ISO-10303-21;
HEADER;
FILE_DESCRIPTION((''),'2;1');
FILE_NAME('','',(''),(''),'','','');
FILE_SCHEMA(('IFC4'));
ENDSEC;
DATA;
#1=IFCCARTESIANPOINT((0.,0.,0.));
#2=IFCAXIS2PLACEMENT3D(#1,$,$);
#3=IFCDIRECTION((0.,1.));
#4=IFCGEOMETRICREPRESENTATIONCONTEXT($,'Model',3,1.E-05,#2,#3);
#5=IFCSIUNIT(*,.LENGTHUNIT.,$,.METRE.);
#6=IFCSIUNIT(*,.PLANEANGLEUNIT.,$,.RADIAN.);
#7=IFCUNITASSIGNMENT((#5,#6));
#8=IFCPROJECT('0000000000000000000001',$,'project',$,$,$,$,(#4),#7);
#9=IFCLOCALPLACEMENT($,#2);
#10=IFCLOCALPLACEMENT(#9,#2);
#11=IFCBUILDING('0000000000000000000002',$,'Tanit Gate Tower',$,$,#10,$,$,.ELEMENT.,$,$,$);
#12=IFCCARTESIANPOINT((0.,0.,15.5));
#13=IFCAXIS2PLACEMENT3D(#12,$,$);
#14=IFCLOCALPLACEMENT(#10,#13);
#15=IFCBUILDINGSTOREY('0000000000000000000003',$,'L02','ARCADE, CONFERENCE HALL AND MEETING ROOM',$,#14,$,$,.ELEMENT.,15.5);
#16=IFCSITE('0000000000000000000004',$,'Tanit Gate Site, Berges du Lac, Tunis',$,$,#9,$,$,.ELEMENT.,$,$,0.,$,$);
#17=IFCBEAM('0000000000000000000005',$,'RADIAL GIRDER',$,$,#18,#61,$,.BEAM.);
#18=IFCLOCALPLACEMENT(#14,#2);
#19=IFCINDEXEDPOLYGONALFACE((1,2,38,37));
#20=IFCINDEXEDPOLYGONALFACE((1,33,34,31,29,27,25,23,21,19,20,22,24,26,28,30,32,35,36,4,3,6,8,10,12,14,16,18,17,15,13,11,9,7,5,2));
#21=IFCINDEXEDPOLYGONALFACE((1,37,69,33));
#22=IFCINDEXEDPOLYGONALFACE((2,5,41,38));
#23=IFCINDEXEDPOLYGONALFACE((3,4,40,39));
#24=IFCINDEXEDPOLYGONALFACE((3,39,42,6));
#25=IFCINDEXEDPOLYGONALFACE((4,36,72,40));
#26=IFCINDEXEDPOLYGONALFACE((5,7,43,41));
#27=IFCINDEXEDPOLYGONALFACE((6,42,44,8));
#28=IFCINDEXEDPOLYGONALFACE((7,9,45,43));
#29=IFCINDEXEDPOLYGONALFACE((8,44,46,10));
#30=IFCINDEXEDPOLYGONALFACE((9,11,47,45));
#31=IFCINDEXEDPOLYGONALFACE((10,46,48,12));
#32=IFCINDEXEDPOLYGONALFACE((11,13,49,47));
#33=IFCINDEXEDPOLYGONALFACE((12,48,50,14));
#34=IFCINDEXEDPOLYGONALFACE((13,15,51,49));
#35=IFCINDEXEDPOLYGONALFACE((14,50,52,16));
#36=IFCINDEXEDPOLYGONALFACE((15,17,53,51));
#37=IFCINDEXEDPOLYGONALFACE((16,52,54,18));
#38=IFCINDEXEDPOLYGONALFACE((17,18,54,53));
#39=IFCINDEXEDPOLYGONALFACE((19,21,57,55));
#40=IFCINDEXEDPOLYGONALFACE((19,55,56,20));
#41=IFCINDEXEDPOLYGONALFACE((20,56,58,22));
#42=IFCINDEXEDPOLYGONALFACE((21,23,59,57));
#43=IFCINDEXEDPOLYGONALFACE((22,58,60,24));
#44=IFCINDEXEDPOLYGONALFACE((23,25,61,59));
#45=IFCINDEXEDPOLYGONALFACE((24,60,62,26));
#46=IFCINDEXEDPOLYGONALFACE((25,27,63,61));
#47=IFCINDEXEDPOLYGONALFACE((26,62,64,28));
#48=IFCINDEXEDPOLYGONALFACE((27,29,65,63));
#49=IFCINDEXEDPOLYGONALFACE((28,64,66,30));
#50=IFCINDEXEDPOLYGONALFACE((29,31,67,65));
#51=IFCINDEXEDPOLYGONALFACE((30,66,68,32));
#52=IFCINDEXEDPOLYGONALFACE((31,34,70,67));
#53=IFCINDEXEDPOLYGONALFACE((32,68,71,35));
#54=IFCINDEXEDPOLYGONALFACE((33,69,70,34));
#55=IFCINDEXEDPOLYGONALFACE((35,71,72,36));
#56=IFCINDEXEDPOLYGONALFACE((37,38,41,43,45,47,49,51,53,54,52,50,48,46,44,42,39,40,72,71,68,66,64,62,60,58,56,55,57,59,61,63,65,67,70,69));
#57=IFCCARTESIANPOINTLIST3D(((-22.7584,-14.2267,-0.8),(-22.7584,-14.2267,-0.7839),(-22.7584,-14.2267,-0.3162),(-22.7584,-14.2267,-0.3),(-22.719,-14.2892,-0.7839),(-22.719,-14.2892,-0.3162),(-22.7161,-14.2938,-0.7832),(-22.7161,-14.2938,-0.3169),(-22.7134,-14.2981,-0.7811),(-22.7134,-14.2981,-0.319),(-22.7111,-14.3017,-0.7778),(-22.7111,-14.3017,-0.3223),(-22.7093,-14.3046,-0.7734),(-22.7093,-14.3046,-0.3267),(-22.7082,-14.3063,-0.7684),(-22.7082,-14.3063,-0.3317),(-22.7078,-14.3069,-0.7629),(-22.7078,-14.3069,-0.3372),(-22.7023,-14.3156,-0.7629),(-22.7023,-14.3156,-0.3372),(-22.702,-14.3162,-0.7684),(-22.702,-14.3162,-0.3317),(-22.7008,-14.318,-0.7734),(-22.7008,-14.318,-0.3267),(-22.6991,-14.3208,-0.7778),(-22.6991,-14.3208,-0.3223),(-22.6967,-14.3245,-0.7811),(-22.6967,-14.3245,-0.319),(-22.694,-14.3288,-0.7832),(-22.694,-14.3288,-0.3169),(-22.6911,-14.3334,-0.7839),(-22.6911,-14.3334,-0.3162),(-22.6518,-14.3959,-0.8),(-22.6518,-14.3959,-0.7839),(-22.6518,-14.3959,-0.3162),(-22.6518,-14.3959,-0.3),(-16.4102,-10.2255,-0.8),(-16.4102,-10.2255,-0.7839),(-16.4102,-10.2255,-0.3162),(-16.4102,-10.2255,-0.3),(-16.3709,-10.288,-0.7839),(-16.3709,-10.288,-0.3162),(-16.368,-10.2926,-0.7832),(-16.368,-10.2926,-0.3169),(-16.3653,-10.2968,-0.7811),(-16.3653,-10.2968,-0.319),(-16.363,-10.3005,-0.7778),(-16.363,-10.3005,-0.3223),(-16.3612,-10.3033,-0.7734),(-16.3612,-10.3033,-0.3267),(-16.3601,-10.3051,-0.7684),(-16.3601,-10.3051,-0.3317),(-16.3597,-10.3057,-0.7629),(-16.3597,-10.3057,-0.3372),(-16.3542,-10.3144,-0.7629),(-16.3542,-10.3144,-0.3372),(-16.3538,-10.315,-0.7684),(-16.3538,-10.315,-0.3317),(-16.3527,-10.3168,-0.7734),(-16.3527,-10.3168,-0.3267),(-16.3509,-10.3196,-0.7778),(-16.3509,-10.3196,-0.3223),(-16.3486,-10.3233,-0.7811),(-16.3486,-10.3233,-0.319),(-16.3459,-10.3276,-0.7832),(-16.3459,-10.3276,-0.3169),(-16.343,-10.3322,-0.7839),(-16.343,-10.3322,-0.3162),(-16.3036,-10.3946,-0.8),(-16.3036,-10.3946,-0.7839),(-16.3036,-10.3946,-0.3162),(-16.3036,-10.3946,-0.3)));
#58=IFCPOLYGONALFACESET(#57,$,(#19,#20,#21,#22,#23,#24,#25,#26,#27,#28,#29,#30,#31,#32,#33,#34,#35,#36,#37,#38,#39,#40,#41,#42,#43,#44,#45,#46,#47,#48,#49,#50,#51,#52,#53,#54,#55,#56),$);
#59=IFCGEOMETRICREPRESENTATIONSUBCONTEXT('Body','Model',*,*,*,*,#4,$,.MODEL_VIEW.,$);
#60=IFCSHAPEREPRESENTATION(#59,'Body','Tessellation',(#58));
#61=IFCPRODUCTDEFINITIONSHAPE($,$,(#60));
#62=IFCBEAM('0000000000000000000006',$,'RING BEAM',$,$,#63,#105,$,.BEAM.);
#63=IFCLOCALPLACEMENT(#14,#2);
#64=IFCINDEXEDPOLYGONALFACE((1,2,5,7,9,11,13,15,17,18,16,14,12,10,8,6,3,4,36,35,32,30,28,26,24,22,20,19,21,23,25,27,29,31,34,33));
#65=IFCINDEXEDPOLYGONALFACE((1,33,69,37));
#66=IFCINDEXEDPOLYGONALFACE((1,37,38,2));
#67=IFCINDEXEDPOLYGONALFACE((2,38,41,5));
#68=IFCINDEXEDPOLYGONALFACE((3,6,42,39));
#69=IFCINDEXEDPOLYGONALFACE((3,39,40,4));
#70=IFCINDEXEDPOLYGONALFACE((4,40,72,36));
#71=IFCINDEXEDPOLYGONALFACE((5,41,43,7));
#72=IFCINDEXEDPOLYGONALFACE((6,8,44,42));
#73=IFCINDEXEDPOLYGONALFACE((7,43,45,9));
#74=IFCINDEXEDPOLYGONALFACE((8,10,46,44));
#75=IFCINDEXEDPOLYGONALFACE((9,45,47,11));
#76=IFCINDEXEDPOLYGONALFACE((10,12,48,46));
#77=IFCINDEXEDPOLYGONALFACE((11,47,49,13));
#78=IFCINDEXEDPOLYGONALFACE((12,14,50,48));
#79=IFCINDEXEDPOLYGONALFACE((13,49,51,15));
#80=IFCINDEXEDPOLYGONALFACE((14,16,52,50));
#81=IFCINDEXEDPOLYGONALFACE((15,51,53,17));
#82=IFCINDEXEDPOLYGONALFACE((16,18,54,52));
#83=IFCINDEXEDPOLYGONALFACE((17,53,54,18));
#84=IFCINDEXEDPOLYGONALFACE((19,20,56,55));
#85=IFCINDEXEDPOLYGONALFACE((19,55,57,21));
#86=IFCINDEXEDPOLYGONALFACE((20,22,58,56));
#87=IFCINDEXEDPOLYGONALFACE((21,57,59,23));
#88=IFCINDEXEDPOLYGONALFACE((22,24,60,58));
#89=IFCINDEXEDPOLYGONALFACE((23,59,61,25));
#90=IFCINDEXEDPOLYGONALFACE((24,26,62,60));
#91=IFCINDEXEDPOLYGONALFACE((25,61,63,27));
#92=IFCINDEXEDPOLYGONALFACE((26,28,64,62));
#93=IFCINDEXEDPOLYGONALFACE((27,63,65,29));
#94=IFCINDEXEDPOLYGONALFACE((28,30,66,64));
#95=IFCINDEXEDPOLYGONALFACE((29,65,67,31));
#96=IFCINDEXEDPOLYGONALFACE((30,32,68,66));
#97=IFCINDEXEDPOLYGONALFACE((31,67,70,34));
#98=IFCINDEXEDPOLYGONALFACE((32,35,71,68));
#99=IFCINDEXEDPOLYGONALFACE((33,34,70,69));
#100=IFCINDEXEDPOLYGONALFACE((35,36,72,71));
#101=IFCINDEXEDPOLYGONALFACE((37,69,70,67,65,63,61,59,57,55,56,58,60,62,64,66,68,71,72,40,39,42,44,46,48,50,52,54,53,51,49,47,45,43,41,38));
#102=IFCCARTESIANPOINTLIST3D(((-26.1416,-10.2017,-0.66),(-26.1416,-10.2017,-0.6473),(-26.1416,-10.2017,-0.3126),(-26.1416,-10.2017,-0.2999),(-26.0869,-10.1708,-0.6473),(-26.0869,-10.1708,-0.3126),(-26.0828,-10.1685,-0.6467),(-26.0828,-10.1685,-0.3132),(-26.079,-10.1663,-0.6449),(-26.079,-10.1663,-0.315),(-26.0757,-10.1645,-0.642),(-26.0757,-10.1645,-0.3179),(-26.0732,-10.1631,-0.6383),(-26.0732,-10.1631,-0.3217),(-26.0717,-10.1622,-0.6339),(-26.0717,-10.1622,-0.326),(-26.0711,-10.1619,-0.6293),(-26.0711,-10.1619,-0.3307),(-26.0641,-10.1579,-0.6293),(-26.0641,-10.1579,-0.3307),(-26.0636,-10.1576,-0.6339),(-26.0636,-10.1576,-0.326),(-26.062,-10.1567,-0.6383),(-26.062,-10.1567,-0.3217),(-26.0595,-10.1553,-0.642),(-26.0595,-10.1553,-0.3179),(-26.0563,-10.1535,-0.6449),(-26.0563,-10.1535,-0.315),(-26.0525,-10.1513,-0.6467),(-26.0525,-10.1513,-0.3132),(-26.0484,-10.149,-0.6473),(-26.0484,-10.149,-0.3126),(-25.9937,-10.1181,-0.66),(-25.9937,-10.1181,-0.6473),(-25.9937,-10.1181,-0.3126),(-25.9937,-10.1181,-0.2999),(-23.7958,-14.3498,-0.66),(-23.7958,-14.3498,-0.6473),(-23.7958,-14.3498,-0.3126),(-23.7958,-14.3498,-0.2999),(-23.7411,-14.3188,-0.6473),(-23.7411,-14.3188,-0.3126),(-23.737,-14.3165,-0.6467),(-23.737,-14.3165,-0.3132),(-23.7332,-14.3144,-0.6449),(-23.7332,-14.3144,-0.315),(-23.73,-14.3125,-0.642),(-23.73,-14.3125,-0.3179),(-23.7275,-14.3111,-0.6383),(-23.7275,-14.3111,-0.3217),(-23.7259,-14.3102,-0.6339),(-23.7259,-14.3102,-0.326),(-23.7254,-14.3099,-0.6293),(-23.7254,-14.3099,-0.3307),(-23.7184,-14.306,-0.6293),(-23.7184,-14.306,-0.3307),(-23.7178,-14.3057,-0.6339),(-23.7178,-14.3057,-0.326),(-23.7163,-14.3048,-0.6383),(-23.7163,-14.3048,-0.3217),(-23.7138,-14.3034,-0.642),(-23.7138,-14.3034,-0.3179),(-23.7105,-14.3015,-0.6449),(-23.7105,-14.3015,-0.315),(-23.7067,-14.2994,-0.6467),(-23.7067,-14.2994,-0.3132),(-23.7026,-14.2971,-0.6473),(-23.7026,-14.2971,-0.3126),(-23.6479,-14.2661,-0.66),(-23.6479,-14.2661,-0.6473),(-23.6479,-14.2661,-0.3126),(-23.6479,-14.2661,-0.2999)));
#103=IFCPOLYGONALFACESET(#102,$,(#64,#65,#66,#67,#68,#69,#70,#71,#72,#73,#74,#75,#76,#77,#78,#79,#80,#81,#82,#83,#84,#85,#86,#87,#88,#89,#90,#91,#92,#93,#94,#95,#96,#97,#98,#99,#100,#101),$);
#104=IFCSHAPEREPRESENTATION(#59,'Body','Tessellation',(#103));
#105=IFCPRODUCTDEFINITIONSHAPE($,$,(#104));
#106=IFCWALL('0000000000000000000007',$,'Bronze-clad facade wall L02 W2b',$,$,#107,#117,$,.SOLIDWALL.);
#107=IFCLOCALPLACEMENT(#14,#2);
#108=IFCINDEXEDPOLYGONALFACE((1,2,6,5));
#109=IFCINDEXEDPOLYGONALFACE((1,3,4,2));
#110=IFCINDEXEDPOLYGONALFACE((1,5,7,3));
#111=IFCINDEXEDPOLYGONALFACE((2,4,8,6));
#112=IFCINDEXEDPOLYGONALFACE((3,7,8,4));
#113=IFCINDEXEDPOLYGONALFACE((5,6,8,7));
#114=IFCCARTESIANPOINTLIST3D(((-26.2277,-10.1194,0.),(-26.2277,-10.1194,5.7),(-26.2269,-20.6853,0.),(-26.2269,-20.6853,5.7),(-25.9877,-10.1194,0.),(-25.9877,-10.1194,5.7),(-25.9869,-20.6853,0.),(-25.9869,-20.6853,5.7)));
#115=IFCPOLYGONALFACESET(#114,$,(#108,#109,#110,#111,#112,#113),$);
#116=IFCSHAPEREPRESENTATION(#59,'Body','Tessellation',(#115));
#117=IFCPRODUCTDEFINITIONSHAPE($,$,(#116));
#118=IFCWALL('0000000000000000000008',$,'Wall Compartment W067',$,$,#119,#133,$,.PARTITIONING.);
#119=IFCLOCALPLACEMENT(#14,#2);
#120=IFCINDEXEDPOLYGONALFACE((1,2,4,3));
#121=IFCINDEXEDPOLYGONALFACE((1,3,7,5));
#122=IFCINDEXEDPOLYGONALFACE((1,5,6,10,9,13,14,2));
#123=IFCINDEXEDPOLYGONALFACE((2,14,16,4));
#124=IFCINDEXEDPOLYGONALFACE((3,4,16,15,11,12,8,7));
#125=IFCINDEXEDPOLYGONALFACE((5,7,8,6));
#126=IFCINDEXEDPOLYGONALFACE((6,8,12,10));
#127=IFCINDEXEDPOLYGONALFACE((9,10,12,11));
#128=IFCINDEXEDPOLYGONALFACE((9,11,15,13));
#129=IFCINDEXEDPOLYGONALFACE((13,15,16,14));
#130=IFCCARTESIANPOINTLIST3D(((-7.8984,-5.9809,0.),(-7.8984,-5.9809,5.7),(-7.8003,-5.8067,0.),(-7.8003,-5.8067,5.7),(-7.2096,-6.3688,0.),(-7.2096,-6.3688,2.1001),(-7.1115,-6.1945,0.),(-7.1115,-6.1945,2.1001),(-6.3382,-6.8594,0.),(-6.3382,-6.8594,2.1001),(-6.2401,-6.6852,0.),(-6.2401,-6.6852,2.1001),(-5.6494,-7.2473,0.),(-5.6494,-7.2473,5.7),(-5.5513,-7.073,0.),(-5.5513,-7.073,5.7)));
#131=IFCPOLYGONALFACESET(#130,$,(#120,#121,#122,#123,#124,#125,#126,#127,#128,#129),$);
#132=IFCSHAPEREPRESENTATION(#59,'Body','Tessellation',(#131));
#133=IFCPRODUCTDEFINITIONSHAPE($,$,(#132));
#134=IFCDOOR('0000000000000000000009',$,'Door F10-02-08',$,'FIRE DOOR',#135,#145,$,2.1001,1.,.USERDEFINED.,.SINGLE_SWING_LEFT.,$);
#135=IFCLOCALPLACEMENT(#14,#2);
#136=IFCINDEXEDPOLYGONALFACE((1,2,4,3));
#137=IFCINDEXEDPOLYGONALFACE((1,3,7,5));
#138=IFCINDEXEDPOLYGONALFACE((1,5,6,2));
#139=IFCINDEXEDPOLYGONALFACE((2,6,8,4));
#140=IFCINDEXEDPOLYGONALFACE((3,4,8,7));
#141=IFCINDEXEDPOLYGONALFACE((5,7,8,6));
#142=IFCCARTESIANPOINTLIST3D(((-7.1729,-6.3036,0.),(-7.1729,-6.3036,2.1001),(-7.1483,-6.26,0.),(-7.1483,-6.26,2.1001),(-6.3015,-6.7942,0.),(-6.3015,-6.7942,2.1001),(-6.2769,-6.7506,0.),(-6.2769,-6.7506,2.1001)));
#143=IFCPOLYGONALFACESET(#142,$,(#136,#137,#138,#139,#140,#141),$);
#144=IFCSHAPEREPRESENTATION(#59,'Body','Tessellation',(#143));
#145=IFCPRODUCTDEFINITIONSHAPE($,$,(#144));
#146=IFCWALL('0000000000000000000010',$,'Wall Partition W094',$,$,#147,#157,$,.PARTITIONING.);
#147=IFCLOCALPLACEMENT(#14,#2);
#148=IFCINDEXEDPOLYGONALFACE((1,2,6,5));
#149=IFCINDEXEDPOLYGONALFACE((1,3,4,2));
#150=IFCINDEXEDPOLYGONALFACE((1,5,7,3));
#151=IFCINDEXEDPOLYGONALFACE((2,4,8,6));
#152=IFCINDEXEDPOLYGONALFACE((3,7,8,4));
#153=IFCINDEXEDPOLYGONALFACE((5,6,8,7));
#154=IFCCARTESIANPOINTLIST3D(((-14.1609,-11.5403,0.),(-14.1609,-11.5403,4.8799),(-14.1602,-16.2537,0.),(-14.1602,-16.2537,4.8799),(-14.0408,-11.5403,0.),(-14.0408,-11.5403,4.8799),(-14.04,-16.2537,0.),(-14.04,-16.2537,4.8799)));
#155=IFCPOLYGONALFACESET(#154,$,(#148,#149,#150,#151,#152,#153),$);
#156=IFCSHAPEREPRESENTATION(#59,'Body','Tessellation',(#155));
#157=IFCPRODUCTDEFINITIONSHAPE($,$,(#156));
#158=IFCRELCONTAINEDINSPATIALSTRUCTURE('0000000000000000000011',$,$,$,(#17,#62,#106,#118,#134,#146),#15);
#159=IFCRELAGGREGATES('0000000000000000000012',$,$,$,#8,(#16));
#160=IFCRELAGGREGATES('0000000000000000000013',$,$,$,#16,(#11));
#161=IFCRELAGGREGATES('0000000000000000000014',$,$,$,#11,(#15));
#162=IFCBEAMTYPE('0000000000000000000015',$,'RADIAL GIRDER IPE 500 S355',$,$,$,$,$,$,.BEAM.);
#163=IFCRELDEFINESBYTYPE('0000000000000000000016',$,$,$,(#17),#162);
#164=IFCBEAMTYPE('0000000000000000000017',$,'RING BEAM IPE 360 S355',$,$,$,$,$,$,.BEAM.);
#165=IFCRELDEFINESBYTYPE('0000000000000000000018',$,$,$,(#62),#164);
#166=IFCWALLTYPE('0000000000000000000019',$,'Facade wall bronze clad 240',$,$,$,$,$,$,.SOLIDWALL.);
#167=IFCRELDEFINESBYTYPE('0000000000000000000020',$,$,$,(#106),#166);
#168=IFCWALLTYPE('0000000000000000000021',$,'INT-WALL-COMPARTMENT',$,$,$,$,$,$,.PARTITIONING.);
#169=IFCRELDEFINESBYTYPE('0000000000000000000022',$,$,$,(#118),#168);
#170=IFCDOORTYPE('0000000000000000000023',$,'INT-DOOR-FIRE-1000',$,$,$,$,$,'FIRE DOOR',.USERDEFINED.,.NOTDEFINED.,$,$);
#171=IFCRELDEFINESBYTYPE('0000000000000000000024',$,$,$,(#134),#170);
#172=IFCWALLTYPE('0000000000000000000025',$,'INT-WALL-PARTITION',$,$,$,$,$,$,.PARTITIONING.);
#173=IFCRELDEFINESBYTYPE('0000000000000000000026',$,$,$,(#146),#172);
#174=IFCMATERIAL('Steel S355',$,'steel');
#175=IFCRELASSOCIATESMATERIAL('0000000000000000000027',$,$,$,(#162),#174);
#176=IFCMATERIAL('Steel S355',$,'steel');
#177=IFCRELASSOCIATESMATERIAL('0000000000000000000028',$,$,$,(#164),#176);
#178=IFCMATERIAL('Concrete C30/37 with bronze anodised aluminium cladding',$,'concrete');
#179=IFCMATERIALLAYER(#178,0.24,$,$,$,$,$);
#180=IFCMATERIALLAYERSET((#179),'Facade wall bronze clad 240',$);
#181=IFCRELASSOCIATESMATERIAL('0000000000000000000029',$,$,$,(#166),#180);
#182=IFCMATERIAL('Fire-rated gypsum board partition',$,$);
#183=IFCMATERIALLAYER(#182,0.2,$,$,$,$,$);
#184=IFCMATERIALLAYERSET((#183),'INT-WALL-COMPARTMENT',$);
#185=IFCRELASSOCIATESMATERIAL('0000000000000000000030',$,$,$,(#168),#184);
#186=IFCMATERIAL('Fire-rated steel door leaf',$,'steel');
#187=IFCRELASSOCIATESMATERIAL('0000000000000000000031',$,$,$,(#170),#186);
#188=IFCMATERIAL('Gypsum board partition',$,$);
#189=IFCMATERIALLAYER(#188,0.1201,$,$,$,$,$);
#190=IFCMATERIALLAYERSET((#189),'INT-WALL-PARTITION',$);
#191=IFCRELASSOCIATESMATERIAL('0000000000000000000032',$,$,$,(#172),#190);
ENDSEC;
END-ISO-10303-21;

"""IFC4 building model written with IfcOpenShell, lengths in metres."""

from ifc_helpers import new_model, si_unit, direction, frame, frame_2d, origin, origin_2d, place, context, subcontext, project, spatial, rectangle, i_section, extrude, material, layer, layer_set, material_profile, profile_set, type_object, element, fill, save


model = new_model("IFC4")

# Units and contexts
model_context = context("Model", 3, precision=1e-05, world=origin(), true_north=direction((0.0, 1.0)))
body_context = subcontext(model_context, "Body", "Model", "MODEL_VIEW")
ifc_project = project(units=[si_unit("LENGTHUNIT", "METRE"), si_unit("PLANEANGLEUNIT", "RADIAN")], contexts=[model_context])

# Site, building, storey
site_placement = place(None, origin())
site = spatial("IfcSite", under=ifc_project, at=site_placement, Name="Tanit Gate Site, Berges du Lac, Tunis", CompositionType="ELEMENT", RefElevation=0.0)
building_placement = place(site_placement, origin())
building = spatial("IfcBuilding", under=site, at=building_placement, Name="Tanit Gate Tower", CompositionType="ELEMENT")
storey_placement = place(building_placement, frame((0.0, 0.0, 15.5)))
storey = spatial("IfcBuildingStorey", under=building, at=storey_placement, Name="L02", Description="ARCADE, CONFERENCE HALL AND MEETING ROOM", CompositionType="ELEMENT", Elevation=15.5)

# Beams
ifc_material_1 = material(Name="Steel S355", Category="steel")
ifc_material_profile_1 = material_profile(ifc_material_1, i_section(OverallWidth=0.2, OverallDepth=0.5, WebThickness=0.0103, FlangeThickness=0.0161, FilletRadius=0.021, at=origin_2d()), Name="IPE 500")
ifc_profile_set_1 = profile_set([ifc_material_profile_1], Name="Steel S355")
beam_type_1 = type_object("IfcBeamType", Name="RADIAL GIRDER IPE 500 S355", PredefinedType="BEAM", material=ifc_profile_set_1)
beam_1_placement = place(storey_placement, frame((-22.7051, -14.3113, -0.55), z_axis=(0.845978, 0.533218, 0.0), x_axis=(-0.533218, 0.845978, 0.0)))
element("IfcBeam", 1, at=beam_1_placement, inside=storey, type_object=beam_type_1, Name="RADIAL GIRDER", PredefinedType="BEAM", context=body_context, shape_type="SweptSolid", body=[
    extrude(i_section(OverallWidth=0.2, OverallDepth=0.5, WebThickness=0.0103, FlangeThickness=0.0161, FilletRadius=0.021, at=origin_2d()), origin(), (0.0, 0.0, 1.0), 7.5039),
])
ifc_material_2 = material(Name="Steel S355", Category="steel")
ifc_material_profile_2 = material_profile(ifc_material_2, i_section(OverallWidth=0.1699, OverallDepth=0.3601, WebThickness=0.0081, FlangeThickness=0.0127, FilletRadius=0.0181, at=origin_2d()), Name="IPE 360")
ifc_profile_set_2 = profile_set([ifc_material_profile_2], Name="Steel S355")
beam_type_2 = type_object("IfcBeamType", Name="RING BEAM IPE 360 S355", PredefinedType="BEAM", material=ifc_profile_set_2)
beam_2_placement = place(storey_placement, frame((-26.0676, -10.1599, -0.48), z_axis=(0.49225, -0.870454, 0.0), x_axis=(0.870454, 0.49225, 0.0)))
element("IfcBeam", 2, at=beam_2_placement, inside=storey, type_object=beam_type_2, Name="RING BEAM", PredefinedType="BEAM", context=body_context, shape_type="SweptSolid", body=[
    extrude(i_section(OverallWidth=0.1699, OverallDepth=0.3601, WebThickness=0.0081, FlangeThickness=0.0127, FilletRadius=0.0181, at=origin_2d()), origin(), (0.0, 0.0, 1.0), 4.7654),
])

# Wall
ifc_material_3 = material(Name="Concrete C30/37 with bronze anodised aluminium cladding", Category="concrete")
ifc_layer_1 = layer(ifc_material_3, 0.24)
ifc_layer_set_1 = layer_set([ifc_layer_1], Name="Facade wall bronze clad 240")
wall_type_1 = type_object("IfcWallType", Name="Facade wall bronze clad 240", PredefinedType="SOLIDWALL", material=ifc_layer_set_1)
wall_1_placement = place(storey_placement, frame((-26.1077, -10.1194, 0.0), z_axis=(0.0, 0.0, 1.0), x_axis=(0.000069, -1.0, 0.0)))
element("IfcWall", 3, at=wall_1_placement, inside=storey, type_object=wall_type_1, Name="Bronze-clad facade wall L02 W2b", PredefinedType="SOLIDWALL", context=body_context, shape_type="SweptSolid", body=[
    extrude(rectangle(XDim=10.5659, YDim=0.24, at=frame_2d((5.283, 0.0))), origin(), (0.0, 0.0, 1.0), 5.7),
])

# Wall, opening, door
ifc_material_4 = material(Name="Fire-rated gypsum board partition")
ifc_layer_2 = layer(ifc_material_4, 0.2)
ifc_layer_set_2 = layer_set([ifc_layer_2], Name="INT-WALL-COMPARTMENT")
wall_type_2 = type_object("IfcWallType", Name="INT-WALL-COMPARTMENT", PredefinedType="PARTITIONING", material=ifc_layer_set_2)
wall_2_placement = place(storey_placement, frame((-7.8494, -5.8938, 0.0), z_axis=(0.0, 0.0, 1.0), x_axis=(0.871363, -0.490638, 0.0)))
wall_2 = element("IfcWall", 4, at=wall_2_placement, inside=storey, type_object=wall_type_2, Name="Wall Compartment W067", PredefinedType="PARTITIONING", context=body_context, shape_type="SweptSolid", body=[
    extrude(rectangle(XDim=2.5811, YDim=0.2, at=frame_2d((1.2905, 0.0))), origin(), (0.0, 0.0, 1.0), 5.7),
])
opening_1_placement = place(wall_2_placement, frame((0.7905, 0.0, 0.0)))
opening_1 = element("IfcOpeningElement", 5, at=opening_1_placement, cuts=wall_2, PredefinedType="OPENING", context=body_context, shape_type="SweptSolid", body=[
    extrude(rectangle(XDim=1.0, YDim=2.1001, at=frame_2d((0.5, 1.05))), frame((0.0, 0.1099, 0.0), z_axis=(0.0, -1.0, 0.0), x_axis=(1.0, 0.0, 0.0)), (0.0, 0.0, 1.0), 0.22),
])
ifc_material_5 = material(Name="Fire-rated steel door leaf", Category="steel")
door_type_1 = type_object("IfcDoorType", Name="INT-DOOR-FIRE-1000", ElementType="FIRE DOOR", OperationType="NOTDEFINED", PredefinedType="USERDEFINED", material=ifc_material_5)
door_1_placement = place(opening_1_placement, origin())
door_1 = element("IfcDoor", 6, at=door_1_placement, inside=storey, type_object=door_type_1, Name="Door F10-02-08", ObjectType="FIRE DOOR", OperationType="SINGLE_SWING_LEFT", OverallHeight=2.1001, OverallWidth=1.0, PredefinedType="USERDEFINED", context=body_context, shape_type="SweptSolid", body=[
    extrude(rectangle(XDim=1.0, YDim=2.1001, at=frame_2d((0.5, 1.05))), frame((0.0, 0.0249, 0.0), z_axis=(0.0, -1.0, 0.0), x_axis=(1.0, 0.0, 0.0)), (0.0, 0.0, 1.0), 0.05),
])
fill(opening_1, door_1)

# Wall
ifc_material_6 = material(Name="Gypsum board partition")
ifc_layer_3 = layer(ifc_material_6, 0.1201)
ifc_layer_set_3 = layer_set([ifc_layer_3], Name="INT-WALL-PARTITION")
wall_type_3 = type_object("IfcWallType", Name="INT-WALL-PARTITION", PredefinedType="PARTITIONING", material=ifc_layer_set_3)
wall_3_placement = place(storey_placement, frame((-14.1008, -11.5403, 0.0), z_axis=(0.0, 0.0, 1.0), x_axis=(0.000155, -1.0, 0.0)))
element("IfcWall", 7, at=wall_3_placement, inside=storey, type_object=wall_type_3, Name="Wall Partition W094", PredefinedType="PARTITIONING", context=body_context, shape_type="SweptSolid", body=[
    extrude(rectangle(XDim=4.7134, YDim=0.1201, at=frame_2d((2.3567, 0.0))), origin(), (0.0, 0.0, 1.0), 4.8799),
])

save(model, "model.ifc")
